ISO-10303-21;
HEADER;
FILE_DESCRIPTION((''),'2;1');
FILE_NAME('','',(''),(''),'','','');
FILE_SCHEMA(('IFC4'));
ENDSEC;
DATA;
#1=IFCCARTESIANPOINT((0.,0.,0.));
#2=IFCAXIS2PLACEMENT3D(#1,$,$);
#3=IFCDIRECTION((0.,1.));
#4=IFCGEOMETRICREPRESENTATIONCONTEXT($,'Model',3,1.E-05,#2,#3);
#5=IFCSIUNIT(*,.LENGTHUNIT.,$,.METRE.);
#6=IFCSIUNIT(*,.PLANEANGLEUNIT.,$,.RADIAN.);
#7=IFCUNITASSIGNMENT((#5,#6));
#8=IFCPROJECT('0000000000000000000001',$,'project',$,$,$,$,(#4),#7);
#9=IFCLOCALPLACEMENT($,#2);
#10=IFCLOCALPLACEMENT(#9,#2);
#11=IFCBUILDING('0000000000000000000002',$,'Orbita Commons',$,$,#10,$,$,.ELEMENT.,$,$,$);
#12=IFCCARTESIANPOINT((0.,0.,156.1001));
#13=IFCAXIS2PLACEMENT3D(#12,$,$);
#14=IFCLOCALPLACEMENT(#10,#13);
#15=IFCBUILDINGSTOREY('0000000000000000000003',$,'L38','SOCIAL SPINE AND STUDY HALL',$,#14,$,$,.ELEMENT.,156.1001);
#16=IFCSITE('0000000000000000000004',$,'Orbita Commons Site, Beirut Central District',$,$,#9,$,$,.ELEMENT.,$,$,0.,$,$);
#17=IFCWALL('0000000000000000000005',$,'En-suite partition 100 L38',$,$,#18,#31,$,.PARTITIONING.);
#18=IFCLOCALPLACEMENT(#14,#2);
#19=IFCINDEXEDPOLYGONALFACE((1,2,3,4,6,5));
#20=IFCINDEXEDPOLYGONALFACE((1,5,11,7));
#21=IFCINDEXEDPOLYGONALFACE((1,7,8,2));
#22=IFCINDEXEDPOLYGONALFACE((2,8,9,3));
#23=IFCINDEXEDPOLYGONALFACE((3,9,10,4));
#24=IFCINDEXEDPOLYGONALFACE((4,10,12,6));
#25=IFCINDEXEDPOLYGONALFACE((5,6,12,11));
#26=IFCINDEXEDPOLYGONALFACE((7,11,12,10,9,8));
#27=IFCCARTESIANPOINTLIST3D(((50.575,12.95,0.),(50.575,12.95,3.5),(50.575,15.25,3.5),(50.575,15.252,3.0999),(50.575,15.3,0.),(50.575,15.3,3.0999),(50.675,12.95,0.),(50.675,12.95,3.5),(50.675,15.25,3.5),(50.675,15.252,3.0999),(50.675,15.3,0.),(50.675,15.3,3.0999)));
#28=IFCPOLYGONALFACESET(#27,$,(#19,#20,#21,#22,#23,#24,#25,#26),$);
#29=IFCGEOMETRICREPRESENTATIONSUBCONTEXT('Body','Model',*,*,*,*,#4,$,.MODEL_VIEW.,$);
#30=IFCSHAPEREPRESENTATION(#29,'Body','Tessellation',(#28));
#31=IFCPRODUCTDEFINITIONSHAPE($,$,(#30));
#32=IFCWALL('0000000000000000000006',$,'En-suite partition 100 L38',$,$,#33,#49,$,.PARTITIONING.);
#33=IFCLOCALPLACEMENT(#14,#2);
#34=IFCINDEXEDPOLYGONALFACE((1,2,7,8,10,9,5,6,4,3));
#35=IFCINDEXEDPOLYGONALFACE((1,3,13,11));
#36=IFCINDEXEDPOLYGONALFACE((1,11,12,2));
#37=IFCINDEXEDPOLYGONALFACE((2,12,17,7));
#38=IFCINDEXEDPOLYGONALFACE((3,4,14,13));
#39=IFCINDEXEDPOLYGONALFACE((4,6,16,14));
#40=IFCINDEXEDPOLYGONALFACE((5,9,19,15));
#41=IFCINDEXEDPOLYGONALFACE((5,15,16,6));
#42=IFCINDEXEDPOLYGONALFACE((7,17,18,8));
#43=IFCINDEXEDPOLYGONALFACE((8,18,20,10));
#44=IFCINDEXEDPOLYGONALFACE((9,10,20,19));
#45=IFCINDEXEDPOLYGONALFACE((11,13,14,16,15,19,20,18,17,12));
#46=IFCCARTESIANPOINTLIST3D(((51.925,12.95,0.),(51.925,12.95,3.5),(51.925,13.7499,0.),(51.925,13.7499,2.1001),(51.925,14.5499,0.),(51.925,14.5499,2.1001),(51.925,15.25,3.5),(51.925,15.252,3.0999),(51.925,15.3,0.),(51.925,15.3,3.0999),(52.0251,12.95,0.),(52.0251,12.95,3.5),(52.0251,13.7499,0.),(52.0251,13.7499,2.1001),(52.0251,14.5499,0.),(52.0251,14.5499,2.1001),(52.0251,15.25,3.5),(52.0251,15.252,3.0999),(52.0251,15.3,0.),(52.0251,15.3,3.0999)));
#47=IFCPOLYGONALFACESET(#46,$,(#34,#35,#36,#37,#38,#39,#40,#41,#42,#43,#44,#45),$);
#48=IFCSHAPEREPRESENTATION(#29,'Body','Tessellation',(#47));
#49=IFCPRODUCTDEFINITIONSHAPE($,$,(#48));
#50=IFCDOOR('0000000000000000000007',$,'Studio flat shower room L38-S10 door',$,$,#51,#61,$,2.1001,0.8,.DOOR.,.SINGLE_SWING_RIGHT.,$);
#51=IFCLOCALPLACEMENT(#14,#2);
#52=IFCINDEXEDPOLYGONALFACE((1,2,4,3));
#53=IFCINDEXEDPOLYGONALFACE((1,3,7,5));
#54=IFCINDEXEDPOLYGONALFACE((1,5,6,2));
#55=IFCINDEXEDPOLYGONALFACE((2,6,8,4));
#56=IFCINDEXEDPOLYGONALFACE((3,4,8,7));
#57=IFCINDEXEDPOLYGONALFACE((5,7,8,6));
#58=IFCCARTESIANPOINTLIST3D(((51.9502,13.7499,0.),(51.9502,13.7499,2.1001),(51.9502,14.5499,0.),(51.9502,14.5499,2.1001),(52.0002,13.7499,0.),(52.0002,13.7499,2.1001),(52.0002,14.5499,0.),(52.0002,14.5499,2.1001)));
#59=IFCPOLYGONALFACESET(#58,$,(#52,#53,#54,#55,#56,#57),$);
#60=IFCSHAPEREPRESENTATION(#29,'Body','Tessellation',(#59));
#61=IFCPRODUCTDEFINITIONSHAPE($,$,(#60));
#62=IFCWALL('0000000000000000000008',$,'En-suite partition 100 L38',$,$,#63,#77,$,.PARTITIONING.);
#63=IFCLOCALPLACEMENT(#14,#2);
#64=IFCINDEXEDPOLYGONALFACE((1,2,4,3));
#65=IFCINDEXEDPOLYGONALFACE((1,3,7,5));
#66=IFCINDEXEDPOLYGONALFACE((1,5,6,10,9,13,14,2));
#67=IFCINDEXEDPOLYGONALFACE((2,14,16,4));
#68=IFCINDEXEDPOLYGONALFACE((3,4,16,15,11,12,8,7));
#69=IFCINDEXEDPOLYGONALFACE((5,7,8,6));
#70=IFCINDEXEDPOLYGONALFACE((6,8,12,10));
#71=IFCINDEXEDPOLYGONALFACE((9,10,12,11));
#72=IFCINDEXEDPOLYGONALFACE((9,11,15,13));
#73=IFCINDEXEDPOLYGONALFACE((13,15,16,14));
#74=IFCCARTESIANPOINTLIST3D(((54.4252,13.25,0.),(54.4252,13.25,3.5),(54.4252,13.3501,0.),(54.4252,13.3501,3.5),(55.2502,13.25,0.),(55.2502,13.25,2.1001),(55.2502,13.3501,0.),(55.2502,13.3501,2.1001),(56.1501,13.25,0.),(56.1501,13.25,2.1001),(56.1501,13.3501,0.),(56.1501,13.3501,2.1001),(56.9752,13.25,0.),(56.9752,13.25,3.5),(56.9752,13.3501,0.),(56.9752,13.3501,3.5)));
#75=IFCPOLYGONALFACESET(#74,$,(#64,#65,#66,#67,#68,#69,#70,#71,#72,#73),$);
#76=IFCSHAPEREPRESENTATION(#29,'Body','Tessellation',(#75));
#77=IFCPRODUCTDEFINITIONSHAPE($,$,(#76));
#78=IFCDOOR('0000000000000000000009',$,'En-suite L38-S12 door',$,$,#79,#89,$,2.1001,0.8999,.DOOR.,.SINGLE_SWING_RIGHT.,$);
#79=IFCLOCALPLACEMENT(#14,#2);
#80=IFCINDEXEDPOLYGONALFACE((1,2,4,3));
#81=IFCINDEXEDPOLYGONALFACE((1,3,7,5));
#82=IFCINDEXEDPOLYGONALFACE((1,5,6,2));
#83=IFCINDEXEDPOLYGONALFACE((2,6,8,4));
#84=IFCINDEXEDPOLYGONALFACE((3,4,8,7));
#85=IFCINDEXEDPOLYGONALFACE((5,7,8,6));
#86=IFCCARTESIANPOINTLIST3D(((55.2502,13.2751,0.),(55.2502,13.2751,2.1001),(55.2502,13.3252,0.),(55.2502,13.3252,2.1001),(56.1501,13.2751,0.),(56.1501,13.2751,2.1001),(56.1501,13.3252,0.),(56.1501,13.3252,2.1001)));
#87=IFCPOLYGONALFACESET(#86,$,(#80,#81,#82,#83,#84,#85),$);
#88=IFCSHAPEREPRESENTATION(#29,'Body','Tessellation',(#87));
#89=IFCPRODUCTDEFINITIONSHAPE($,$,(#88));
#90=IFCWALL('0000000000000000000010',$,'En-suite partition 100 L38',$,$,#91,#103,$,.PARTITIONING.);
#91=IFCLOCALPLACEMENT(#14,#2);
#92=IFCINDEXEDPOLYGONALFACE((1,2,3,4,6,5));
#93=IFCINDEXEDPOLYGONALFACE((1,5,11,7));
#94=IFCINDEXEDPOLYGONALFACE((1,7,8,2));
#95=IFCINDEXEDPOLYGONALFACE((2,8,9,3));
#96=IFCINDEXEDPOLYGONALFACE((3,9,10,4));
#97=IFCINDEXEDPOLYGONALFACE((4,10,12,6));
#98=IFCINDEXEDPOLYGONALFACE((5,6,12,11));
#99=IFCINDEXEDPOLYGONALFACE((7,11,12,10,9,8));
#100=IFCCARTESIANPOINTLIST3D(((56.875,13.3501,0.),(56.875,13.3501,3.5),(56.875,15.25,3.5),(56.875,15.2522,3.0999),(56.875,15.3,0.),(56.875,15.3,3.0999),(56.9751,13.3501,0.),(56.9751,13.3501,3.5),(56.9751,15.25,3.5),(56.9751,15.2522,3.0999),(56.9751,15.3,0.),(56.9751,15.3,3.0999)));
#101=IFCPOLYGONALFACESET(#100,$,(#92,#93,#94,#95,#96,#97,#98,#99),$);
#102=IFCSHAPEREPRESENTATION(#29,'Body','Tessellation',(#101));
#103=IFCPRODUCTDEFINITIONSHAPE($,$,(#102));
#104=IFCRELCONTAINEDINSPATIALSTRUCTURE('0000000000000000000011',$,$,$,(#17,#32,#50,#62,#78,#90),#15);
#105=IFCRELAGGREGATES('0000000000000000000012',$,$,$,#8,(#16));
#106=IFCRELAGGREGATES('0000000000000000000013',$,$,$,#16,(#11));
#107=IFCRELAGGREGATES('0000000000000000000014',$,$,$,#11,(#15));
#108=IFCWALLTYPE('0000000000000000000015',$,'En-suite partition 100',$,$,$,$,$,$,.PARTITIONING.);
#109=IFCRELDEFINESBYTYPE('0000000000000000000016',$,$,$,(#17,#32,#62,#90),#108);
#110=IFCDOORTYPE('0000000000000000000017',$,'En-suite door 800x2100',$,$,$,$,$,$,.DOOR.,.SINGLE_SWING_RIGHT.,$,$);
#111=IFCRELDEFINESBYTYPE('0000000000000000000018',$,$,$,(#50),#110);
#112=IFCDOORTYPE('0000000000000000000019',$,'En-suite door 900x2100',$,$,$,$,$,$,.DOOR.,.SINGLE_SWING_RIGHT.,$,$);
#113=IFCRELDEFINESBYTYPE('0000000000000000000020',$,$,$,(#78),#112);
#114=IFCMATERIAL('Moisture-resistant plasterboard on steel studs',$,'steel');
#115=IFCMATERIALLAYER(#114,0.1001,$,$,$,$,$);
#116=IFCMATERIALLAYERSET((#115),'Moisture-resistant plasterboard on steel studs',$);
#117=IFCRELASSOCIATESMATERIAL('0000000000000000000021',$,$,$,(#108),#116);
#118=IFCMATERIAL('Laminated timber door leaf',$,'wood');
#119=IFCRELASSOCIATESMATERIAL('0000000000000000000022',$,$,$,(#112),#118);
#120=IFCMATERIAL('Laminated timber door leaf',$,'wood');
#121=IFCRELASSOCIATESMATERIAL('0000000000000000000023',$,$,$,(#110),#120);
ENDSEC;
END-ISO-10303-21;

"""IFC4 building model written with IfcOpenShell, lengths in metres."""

from ifc_helpers import new_model, si_unit, direction, frame, frame_2d, origin, place, context, subcontext, project, spatial, polyline, rectangle, outline, extrude, material, layer, layer_set, type_object, element, fill, save


model = new_model("IFC4")

# Units and contexts
model_context = context("Model", 3, precision=1e-05, world=origin(), true_north=direction((0.0, 1.0)))
body_context = subcontext(model_context, "Body", "Model", "MODEL_VIEW")
ifc_project = project(units=[si_unit("LENGTHUNIT", "METRE"), si_unit("PLANEANGLEUNIT", "RADIAN")], contexts=[model_context])

# Site, building, storey
site_placement = place(None, origin())
site = spatial("IfcSite", under=ifc_project, at=site_placement, Name="Orbita Commons Site, Beirut Central District", CompositionType="ELEMENT", RefElevation=0.0)
building_placement = place(site_placement, origin())
building = spatial("IfcBuilding", under=site, at=building_placement, Name="Orbita Commons", CompositionType="ELEMENT")
storey_placement = place(building_placement, frame((0.0, 0.0, 156.1001)))
storey = spatial("IfcBuildingStorey", under=building, at=storey_placement, Name="L38", Description="SOCIAL SPINE AND STUDY HALL", CompositionType="ELEMENT", Elevation=156.1001)

# Shared definitions
ifc_material_1 = material(Name="Moisture-resistant plasterboard on steel studs", Category="steel")
ifc_layer = layer(ifc_material_1, 0.1001)
ifc_layer_set = layer_set([ifc_layer], Name="Moisture-resistant plasterboard on steel studs")
wall_type = type_object("IfcWallType", Name="En-suite partition 100", PredefinedType="PARTITIONING", material=ifc_layer_set)
ifc_material_2 = material(Name="Laminated timber door leaf", Category="wood")
door_type_1 = type_object("IfcDoorType", Name="En-suite door 900x2100", OperationType="SINGLE_SWING_RIGHT", PredefinedType="DOOR", material=ifc_material_2)

# Shared definitions
ifc_material_3 = material(Name="Laminated timber door leaf", Category="wood")
door_type_2 = type_object("IfcDoorType", Name="En-suite door 800x2100", OperationType="SINGLE_SWING_RIGHT", PredefinedType="DOOR", material=ifc_material_3)

# Wall
wall_1_placement = place(storey_placement, frame((50.625, 12.95, 0.0), z_axis=(0.0, 0.0, 1.0), x_axis=(0.0, 1.0, 0.0)))
element("IfcWall", 1, at=wall_1_placement, inside=storey, type_object=wall_type, Name="En-suite partition 100 L38", PredefinedType="PARTITIONING", context=body_context, shape_type="SweptSolid", body=[
    extrude(outline(polyline([(0.0, 0.0), (2.3501, 0.0), (2.3501, 3.0999), (2.302, 3.0999), (2.3, 3.5), (0.0, 3.5), (0.0, 0.0)])), frame((0.0, 0.05, 0.0), z_axis=(0.0, -1.0, 0.0), x_axis=(1.0, 0.0, 0.0)), (0.0, 0.0, 1.0), 0.1001),
])

# Walls, openings, doors
wall_2_placement = place(storey_placement, frame((51.9751, 12.95, 0.0), z_axis=(0.0, 0.0, 1.0), x_axis=(0.0, 1.0, 0.0)))
wall_2 = element("IfcWall", 2, at=wall_2_placement, inside=storey, type_object=wall_type, Name="En-suite partition 100 L38", PredefinedType="PARTITIONING", context=body_context, shape_type="SweptSolid", body=[
    extrude(outline(polyline([(0.0, 0.0), (2.3501, 0.0), (2.3501, 3.0999), (2.302, 3.0999), (2.3, 3.5), (0.0, 3.5), (0.0, 0.0)])), frame((0.0, 0.05, 0.0), z_axis=(0.0, -1.0, 0.0), x_axis=(1.0, 0.0, 0.0)), (0.0, 0.0, 1.0), 0.1001),
])
opening_1_placement = place(wall_2_placement, frame((0.8, 0.0, 0.0)))
opening_1 = element("IfcOpeningElement", 3, at=opening_1_placement, cuts=wall_2, PredefinedType="OPENING", context=body_context, shape_type="SweptSolid", body=[
    extrude(rectangle(XDim=0.8, YDim=2.1001, at=frame_2d((0.3999, 1.05))), frame((0.0, 0.0601, 0.0), z_axis=(0.0, -1.0, 0.0), x_axis=(1.0, 0.0, 0.0)), (0.0, 0.0, 1.0), 0.1201),
])
door_1_placement = place(opening_1_placement, origin())
door_1 = element("IfcDoor", 4, at=door_1_placement, inside=storey, type_object=door_type_2, Name="Studio flat shower room L38-S10 door", OperationType="SINGLE_SWING_RIGHT", OverallHeight=2.1001, OverallWidth=0.8, PredefinedType="DOOR", context=body_context, shape_type="SweptSolid", body=[
    extrude(rectangle(XDim=0.8, YDim=2.1001, at=frame_2d((0.3999, 1.05))), frame((0.0, 0.0249, 0.0), z_axis=(0.0, -1.0, 0.0), x_axis=(1.0, 0.0, 0.0)), (0.0, 0.0, 1.0), 0.05),
])
fill(opening_1, door_1)
wall_3_placement = place(storey_placement, frame((56.9751, 13.3, 0.0), z_axis=(0.0, 0.0, 1.0), x_axis=(-1.0, 0.0, 0.0)))
wall_3 = element("IfcWall", 5, at=wall_3_placement, inside=storey, type_object=wall_type, Name="En-suite partition 100 L38", PredefinedType="PARTITIONING", context=body_context, shape_type="SweptSolid", body=[
    extrude(rectangle(XDim=2.55, YDim=0.1001, at=frame_2d((1.2749, 0.0))), origin(), (0.0, 0.0, 1.0), 3.5),
])
opening_2_placement = place(wall_3_placement, frame((0.825, 0.0, 0.0)))
opening_2 = element("IfcOpeningElement", 6, at=opening_2_placement, cuts=wall_3, PredefinedType="OPENING", context=body_context, shape_type="SweptSolid", body=[
    extrude(rectangle(XDim=0.8999, YDim=2.1001, at=frame_2d((0.45, 1.05))), frame((0.0, 0.0601, 0.0), z_axis=(0.0, -1.0, 0.0), x_axis=(1.0, 0.0, 0.0)), (0.0, 0.0, 1.0), 0.1201),
])
door_2_placement = place(opening_2_placement, origin())
door_2 = element("IfcDoor", 7, at=door_2_placement, inside=storey, type_object=door_type_1, Name="En-suite L38-S12 door", OperationType="SINGLE_SWING_RIGHT", OverallHeight=2.1001, OverallWidth=0.8999, PredefinedType="DOOR", context=body_context, shape_type="SweptSolid", body=[
    extrude(rectangle(XDim=0.8999, YDim=2.1001, at=frame_2d((0.45, 1.05))), frame((0.0, 0.0249, 0.0), z_axis=(0.0, -1.0, 0.0), x_axis=(1.0, 0.0, 0.0)), (0.0, 0.0, 1.0), 0.05),
])
fill(opening_2, door_2)

# Wall
wall_4_placement = place(storey_placement, frame((56.925, 13.3501, 0.0), z_axis=(0.0, 0.0, 1.0), x_axis=(0.0, 1.0, 0.0)))
element("IfcWall", 8, at=wall_4_placement, inside=storey, type_object=wall_type, Name="En-suite partition 100 L38", PredefinedType="PARTITIONING", context=body_context, shape_type="SweptSolid", body=[
    extrude(outline(polyline([(0.0, 0.0), (1.95, 0.0), (1.95, 3.0999), (1.9021, 3.0999), (1.8999, 3.5), (0.0, 3.5), (0.0, 0.0)])), frame((0.0, 0.05, 0.0), z_axis=(0.0, -1.0, 0.0), x_axis=(1.0, 0.0, 0.0)), (0.0, 0.0, 1.0), 0.1001),
])

save(model, "model.ifc")
